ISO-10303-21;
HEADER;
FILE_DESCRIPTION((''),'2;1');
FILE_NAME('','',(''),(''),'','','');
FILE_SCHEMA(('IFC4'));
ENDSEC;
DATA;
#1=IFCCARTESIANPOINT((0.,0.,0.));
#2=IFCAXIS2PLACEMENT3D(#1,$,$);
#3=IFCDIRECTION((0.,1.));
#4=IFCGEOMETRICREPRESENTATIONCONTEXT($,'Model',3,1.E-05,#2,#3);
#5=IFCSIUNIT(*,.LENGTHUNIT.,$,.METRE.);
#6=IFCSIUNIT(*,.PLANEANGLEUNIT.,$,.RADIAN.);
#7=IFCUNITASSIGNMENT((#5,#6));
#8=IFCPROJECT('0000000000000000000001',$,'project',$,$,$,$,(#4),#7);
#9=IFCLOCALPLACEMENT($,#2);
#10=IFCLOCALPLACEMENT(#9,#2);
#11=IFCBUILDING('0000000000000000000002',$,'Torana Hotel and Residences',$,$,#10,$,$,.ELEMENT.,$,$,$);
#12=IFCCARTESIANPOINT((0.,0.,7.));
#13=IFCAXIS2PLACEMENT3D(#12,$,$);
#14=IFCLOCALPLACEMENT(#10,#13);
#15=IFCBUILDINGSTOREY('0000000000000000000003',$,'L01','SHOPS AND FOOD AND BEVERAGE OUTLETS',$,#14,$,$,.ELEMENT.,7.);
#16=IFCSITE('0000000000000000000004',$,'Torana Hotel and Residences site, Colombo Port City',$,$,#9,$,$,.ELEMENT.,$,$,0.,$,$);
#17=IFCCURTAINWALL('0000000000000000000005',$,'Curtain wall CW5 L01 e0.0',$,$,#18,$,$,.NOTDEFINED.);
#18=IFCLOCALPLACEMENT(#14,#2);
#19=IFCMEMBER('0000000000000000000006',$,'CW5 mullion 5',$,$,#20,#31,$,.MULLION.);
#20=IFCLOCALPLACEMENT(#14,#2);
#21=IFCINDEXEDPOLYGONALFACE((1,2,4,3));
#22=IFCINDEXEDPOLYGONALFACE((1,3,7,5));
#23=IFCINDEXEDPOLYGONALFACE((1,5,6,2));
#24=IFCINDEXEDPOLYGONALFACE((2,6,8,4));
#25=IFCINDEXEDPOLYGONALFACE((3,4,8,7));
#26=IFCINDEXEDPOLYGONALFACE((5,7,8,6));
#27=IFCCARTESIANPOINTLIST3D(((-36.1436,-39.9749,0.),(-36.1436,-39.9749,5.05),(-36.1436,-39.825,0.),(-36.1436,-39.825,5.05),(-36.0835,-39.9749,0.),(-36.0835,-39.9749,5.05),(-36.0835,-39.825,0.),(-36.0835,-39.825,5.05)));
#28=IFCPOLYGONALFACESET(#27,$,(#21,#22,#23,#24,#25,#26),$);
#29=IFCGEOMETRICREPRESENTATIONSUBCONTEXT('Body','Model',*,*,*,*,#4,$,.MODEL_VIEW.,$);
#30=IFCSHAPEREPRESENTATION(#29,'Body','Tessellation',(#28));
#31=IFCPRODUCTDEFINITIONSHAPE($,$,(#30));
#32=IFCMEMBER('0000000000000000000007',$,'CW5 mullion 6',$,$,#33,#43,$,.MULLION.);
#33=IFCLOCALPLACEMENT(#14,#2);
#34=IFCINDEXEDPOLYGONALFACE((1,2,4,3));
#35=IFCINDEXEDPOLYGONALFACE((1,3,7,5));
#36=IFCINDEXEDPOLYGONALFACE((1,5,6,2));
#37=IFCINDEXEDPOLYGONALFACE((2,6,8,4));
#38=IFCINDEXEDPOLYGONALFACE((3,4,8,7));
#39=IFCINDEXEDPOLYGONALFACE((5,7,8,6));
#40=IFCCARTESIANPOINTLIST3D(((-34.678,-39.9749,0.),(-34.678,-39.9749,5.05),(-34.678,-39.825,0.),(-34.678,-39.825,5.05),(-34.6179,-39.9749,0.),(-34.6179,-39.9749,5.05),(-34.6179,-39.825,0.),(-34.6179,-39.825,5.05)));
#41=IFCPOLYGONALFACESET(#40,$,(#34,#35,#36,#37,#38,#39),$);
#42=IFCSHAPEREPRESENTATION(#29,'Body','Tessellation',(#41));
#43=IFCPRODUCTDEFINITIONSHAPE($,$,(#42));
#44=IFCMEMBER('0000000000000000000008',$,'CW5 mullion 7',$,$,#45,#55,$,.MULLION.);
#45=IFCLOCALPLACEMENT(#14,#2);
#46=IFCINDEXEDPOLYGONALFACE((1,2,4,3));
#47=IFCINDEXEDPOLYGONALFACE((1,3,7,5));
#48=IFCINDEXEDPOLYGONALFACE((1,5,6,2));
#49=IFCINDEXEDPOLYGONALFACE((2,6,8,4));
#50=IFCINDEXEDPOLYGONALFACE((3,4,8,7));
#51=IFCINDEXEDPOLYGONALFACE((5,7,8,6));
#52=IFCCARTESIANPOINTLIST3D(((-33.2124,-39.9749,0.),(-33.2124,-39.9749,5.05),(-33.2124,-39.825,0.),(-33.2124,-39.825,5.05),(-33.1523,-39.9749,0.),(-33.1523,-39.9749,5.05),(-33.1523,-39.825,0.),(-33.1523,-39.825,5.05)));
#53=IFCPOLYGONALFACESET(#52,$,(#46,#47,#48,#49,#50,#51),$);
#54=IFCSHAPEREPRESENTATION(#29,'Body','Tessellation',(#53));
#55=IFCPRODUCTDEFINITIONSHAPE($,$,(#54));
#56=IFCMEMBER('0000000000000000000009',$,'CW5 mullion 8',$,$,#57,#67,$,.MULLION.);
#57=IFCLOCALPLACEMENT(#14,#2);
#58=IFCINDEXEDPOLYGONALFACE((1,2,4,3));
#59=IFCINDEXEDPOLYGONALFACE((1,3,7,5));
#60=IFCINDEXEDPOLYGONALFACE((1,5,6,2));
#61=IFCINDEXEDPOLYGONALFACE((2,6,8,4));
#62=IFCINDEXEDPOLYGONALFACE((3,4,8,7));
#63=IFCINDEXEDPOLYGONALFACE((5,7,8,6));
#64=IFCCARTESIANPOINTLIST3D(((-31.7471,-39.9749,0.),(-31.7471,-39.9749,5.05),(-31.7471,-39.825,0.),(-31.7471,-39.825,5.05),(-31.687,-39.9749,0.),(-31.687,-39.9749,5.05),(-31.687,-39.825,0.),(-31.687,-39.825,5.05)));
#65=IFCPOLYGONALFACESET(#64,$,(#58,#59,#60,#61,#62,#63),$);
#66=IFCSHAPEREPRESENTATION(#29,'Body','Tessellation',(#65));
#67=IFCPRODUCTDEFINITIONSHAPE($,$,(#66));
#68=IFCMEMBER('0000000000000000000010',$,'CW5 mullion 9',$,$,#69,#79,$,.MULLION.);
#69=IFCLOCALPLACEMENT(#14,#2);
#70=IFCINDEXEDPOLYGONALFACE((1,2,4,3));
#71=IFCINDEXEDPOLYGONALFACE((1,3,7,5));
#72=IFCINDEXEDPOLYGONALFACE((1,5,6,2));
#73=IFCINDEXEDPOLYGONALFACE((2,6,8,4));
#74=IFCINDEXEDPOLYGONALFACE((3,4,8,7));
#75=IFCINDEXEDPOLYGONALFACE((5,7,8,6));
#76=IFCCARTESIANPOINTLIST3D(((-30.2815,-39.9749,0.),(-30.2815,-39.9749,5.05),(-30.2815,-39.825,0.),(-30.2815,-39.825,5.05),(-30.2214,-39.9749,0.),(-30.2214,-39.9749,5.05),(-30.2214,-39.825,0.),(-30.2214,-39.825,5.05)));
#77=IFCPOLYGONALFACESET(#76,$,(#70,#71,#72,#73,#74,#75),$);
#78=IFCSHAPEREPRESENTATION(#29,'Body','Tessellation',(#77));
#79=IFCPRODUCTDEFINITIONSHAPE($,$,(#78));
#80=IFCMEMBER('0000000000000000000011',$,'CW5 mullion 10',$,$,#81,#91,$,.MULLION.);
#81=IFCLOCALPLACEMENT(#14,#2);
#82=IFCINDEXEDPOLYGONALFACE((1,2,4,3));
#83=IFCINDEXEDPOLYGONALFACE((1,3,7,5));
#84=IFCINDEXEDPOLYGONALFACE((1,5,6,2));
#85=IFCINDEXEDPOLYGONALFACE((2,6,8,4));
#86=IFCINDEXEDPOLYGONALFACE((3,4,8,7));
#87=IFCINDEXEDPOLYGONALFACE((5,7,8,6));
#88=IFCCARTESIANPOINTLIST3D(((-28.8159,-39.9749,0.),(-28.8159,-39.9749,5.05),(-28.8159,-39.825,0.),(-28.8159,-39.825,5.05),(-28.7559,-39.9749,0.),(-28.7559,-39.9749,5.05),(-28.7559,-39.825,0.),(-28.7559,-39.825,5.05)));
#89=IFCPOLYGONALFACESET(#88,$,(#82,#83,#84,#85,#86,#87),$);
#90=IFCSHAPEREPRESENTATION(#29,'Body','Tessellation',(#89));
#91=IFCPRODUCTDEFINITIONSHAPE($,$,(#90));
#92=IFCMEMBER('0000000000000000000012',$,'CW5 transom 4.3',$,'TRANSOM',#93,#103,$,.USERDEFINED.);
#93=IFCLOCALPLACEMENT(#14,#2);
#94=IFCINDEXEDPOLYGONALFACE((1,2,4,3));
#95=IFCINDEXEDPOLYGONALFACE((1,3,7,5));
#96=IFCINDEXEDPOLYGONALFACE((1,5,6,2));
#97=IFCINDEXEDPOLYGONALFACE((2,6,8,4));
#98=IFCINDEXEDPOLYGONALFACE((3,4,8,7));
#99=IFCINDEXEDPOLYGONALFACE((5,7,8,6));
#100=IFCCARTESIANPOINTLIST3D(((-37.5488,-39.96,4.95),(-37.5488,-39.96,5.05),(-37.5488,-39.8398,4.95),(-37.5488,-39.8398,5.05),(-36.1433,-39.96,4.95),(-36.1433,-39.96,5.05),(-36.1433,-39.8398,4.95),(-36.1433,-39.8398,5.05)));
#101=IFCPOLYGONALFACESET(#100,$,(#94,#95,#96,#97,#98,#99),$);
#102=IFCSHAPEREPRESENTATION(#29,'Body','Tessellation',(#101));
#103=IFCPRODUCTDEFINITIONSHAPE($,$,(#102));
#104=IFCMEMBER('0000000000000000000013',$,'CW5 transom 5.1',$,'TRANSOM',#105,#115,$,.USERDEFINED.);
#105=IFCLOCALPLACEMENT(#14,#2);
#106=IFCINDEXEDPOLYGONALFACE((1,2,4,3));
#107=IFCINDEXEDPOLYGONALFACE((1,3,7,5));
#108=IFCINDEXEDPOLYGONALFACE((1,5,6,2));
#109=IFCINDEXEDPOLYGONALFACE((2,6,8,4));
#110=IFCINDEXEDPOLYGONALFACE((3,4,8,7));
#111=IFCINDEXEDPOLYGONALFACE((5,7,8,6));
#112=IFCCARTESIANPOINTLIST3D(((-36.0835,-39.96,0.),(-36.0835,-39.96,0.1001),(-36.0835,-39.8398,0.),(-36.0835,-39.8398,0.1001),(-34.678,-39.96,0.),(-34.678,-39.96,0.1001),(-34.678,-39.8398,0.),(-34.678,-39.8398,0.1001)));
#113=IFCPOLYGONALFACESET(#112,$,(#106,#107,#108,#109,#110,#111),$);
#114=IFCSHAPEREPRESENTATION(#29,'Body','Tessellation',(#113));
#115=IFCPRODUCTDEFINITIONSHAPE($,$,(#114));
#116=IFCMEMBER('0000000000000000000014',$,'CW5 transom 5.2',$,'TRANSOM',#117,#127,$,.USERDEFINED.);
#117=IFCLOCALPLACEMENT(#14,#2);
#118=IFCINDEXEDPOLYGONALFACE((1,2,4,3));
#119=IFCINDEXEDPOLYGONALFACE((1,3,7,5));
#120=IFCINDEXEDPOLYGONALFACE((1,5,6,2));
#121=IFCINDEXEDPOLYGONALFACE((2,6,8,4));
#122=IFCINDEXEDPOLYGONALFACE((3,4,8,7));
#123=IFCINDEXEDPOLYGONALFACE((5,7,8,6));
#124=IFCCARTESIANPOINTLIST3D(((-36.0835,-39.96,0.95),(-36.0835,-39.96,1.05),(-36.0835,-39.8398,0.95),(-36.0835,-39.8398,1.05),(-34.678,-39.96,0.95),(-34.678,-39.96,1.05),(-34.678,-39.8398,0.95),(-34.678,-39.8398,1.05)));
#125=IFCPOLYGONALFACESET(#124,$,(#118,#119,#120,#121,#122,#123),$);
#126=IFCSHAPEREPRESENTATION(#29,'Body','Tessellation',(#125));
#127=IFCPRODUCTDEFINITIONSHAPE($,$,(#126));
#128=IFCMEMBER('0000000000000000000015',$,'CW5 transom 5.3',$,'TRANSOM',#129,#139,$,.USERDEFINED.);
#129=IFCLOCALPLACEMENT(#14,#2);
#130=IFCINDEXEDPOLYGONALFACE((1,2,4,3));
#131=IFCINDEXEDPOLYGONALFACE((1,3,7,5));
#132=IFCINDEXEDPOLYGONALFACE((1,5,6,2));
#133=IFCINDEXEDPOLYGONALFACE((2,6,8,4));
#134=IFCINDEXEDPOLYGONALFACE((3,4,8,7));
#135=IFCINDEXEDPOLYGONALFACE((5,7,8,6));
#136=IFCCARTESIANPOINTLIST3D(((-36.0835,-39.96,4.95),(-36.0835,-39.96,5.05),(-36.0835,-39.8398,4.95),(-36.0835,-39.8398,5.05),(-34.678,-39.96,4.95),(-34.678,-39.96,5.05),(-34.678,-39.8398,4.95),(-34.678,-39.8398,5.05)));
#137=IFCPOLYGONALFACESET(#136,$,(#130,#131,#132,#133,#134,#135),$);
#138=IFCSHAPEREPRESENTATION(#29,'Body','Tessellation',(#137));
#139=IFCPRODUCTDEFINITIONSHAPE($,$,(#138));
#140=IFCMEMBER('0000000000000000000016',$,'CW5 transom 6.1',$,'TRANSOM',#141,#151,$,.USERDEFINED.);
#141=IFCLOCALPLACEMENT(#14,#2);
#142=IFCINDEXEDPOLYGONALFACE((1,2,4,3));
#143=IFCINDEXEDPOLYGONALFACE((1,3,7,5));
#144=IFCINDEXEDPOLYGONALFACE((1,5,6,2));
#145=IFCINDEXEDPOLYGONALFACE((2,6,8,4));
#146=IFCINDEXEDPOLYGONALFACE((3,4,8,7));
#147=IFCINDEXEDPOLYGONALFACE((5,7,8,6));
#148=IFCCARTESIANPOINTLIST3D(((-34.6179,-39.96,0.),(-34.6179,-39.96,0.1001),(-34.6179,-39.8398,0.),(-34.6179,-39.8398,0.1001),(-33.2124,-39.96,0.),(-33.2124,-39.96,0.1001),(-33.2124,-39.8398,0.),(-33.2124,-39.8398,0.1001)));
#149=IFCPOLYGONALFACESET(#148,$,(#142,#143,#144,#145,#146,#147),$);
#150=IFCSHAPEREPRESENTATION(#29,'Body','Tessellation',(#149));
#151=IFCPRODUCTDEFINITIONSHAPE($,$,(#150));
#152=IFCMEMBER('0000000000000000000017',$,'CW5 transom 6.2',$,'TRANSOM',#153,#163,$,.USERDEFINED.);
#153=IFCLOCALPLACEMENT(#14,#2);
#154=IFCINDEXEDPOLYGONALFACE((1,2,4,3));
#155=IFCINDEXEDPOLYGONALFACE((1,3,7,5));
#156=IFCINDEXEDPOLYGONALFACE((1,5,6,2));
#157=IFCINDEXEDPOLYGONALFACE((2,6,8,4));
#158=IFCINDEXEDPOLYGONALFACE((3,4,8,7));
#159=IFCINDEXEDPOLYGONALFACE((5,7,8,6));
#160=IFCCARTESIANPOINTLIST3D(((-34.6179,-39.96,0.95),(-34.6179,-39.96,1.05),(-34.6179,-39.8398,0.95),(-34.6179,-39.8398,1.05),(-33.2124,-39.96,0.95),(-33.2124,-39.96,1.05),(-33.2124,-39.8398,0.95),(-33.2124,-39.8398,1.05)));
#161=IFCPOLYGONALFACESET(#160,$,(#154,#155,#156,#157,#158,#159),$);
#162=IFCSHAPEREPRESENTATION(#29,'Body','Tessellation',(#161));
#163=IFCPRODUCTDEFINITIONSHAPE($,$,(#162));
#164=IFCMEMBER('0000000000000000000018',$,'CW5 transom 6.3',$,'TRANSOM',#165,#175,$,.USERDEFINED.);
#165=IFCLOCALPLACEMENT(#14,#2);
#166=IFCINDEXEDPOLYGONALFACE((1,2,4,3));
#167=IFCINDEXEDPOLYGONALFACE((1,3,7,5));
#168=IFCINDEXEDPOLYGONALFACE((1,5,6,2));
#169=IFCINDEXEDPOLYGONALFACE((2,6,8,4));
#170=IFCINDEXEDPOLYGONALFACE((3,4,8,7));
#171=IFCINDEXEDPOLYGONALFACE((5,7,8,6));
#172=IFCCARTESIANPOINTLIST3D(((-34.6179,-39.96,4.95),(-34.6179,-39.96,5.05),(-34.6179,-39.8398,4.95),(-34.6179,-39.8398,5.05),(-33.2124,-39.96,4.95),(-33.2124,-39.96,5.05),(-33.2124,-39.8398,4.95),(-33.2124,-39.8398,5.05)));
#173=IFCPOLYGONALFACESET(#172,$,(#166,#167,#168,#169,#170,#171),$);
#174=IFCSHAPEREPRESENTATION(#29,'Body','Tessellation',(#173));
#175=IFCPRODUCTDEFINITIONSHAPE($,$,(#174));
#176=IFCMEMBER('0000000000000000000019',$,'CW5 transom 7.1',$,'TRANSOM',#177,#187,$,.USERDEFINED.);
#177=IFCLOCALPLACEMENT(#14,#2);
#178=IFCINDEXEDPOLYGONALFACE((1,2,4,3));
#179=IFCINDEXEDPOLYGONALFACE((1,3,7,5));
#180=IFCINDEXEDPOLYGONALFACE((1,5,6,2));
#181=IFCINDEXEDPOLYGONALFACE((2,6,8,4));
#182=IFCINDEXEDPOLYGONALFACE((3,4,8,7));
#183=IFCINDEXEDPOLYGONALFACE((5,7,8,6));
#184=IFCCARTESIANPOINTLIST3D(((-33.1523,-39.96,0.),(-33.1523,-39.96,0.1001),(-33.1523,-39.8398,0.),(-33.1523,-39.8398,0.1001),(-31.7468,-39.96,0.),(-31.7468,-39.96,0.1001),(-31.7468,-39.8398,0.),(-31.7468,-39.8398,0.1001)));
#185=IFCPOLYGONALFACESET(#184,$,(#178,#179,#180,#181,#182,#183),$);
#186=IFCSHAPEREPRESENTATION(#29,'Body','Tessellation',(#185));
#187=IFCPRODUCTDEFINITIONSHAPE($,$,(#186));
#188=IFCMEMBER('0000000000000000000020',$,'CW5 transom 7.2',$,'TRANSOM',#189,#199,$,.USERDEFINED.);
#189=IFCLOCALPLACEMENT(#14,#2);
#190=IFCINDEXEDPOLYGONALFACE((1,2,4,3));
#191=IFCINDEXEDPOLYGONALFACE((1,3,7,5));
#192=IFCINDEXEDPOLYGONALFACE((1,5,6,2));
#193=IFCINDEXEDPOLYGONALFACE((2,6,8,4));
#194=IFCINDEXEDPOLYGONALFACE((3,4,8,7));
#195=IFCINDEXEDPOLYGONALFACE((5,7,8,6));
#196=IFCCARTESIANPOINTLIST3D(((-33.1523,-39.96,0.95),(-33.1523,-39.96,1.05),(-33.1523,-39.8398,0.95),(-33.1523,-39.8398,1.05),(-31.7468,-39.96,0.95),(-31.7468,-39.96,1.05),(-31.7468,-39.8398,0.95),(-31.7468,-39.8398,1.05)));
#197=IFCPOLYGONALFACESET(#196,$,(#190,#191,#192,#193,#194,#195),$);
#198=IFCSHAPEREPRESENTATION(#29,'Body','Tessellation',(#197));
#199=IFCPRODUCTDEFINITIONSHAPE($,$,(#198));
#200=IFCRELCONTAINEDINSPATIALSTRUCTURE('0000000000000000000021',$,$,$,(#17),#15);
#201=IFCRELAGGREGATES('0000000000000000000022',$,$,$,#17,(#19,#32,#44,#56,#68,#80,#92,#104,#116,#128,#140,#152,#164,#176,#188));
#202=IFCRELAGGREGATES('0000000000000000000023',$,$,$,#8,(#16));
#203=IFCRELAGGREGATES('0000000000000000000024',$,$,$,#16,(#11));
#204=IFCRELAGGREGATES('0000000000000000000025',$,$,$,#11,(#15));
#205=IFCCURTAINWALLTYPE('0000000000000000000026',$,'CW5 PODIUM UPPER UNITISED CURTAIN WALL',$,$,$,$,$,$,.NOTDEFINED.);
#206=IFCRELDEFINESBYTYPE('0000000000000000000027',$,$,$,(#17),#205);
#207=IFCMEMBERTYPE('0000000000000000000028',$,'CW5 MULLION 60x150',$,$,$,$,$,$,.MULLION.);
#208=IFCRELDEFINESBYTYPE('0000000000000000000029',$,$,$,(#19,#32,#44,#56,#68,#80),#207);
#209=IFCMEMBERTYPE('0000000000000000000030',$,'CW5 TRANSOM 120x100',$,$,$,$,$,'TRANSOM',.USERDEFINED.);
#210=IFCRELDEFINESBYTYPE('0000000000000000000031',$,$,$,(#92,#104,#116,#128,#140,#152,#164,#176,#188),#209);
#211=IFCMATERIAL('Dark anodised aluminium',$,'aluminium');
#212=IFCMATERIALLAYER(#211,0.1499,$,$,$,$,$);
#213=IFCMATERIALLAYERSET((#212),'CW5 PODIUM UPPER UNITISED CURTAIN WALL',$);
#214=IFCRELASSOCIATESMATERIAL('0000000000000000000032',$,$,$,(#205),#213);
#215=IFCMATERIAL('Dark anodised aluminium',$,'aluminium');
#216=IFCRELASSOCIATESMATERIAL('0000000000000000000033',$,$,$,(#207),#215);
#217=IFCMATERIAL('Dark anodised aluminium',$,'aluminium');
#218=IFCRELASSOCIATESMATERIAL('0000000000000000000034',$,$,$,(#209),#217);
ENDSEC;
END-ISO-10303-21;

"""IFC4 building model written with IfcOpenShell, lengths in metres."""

from ifc_helpers import new_model, si_unit, direction, frame, origin, origin_2d, place, context, subcontext, project, spatial, rectangle, extrude, material, layer, layer_set, material_profile, profile_set, type_object, element, aggregate, save


model = new_model("IFC4")

# Units and contexts
model_context = context("Model", 3, precision=1e-05, world=origin(), true_north=direction((0.0, 1.0)))
body_context = subcontext(model_context, "Body", "Model", "MODEL_VIEW")
ifc_project = project(units=[si_unit("LENGTHUNIT", "METRE"), si_unit("PLANEANGLEUNIT", "RADIAN")], contexts=[model_context])

# Site, building, storey
site_placement = place(None, origin())
site = spatial("IfcSite", under=ifc_project, at=site_placement, Name="Torana Hotel and Residences site, Colombo Port City", CompositionType="ELEMENT", RefElevation=0.0)
building_placement = place(site_placement, origin())
building = spatial("IfcBuilding", under=site, at=building_placement, Name="Torana Hotel and Residences", CompositionType="ELEMENT")
storey_placement = place(building_placement, frame((0.0, 0.0, 7.0)))
storey = spatial("IfcBuildingStorey", under=building, at=storey_placement, Name="L01", Description="SHOPS AND FOOD AND BEVERAGE OUTLETS", CompositionType="ELEMENT", Elevation=7.0)

# Curtain wall, members
ifc_material_1 = material(Name="Dark anodised aluminium", Category="aluminium")
ifc_layer_1 = layer(ifc_material_1, 0.1499)
ifc_layer_set_1 = layer_set([ifc_layer_1], Name="CW5 PODIUM UPPER UNITISED CURTAIN WALL")
curtain_wall_type = type_object("IfcCurtainWallType", Name="CW5 PODIUM UPPER UNITISED CURTAIN WALL", PredefinedType="NOTDEFINED", material=ifc_layer_set_1)
curtain_wall_placement = place(storey_placement, origin())
curtain_wall = element("IfcCurtainWall", 1, at=curtain_wall_placement, inside=storey, type_object=curtain_wall_type, Name="Curtain wall CW5 L01 e0.0", PredefinedType="NOTDEFINED")
ifc_material_2 = material(Name="Dark anodised aluminium", Category="aluminium")
ifc_material_profile_1 = material_profile(ifc_material_2, rectangle(XDim=0.1499, YDim=0.0601, at=origin_2d()), Name="CW5 MULLION 60x150")
ifc_profile_set_1 = profile_set([ifc_material_profile_1], Name="Dark anodised aluminium")
member_type_1 = type_object("IfcMemberType", Name="CW5 MULLION 60x150", PredefinedType="MULLION", material=ifc_profile_set_1)
member_1_placement = place(storey_placement, frame((-36.1135, -39.8999, 0.0), z_axis=(0.0, 0.0, 1.0), x_axis=(0.0, 1.0, 0.0)))
member_1 = element("IfcMember", 2, at=member_1_placement, type_object=member_type_1, Name="CW5 mullion 5", PredefinedType="MULLION", context=body_context, shape_type="SweptSolid", body=[
    extrude(rectangle(XDim=0.1499, YDim=0.0601, at=origin_2d()), origin(), (0.0, 0.0, 1.0), 5.05),
])
member_2_placement = place(storey_placement, frame((-34.6479, -39.8999, 0.0), z_axis=(0.0, 0.0, 1.0), x_axis=(0.0, 1.0, 0.0)))
member_2 = element("IfcMember", 3, at=member_2_placement, type_object=member_type_1, Name="CW5 mullion 6", PredefinedType="MULLION", context=body_context, shape_type="SweptSolid", body=[
    extrude(rectangle(XDim=0.1499, YDim=0.0601, at=origin_2d()), origin(), (0.0, 0.0, 1.0), 5.05),
])
member_3_placement = place(storey_placement, frame((-33.1824, -39.8999, 0.0), z_axis=(0.0, 0.0, 1.0), x_axis=(0.0, 1.0, 0.0)))
member_3 = element("IfcMember", 4, at=member_3_placement, type_object=member_type_1, Name="CW5 mullion 7", PredefinedType="MULLION", context=body_context, shape_type="SweptSolid", body=[
    extrude(rectangle(XDim=0.1499, YDim=0.0601, at=origin_2d()), origin(), (0.0, 0.0, 1.0), 5.05),
])
member_4_placement = place(storey_placement, frame((-31.717, -39.8999, 0.0), z_axis=(0.0, 0.0, 1.0), x_axis=(0.0, 1.0, 0.0)))
member_4 = element("IfcMember", 5, at=member_4_placement, type_object=member_type_1, Name="CW5 mullion 8", PredefinedType="MULLION", context=body_context, shape_type="SweptSolid", body=[
    extrude(rectangle(XDim=0.1499, YDim=0.0601, at=origin_2d()), origin(), (0.0, 0.0, 1.0), 5.05),
])
member_5_placement = place(storey_placement, frame((-30.2515, -39.8999, 0.0), z_axis=(0.0, 0.0, 1.0), x_axis=(0.0, 1.0, 0.0)))
member_5 = element("IfcMember", 6, at=member_5_placement, type_object=member_type_1, Name="CW5 mullion 9", PredefinedType="MULLION", context=body_context, shape_type="SweptSolid", body=[
    extrude(rectangle(XDim=0.1499, YDim=0.0601, at=origin_2d()), origin(), (0.0, 0.0, 1.0), 5.05),
])
member_6_placement = place(storey_placement, frame((-28.7859, -39.8999, 0.0), z_axis=(0.0, 0.0, 1.0), x_axis=(0.0, 1.0, 0.0)))
member_6 = element("IfcMember", 7, at=member_6_placement, type_object=member_type_1, Name="CW5 mullion 10", PredefinedType="MULLION", context=body_context, shape_type="SweptSolid", body=[
    extrude(rectangle(XDim=0.1499, YDim=0.0601, at=origin_2d()), origin(), (0.0, 0.0, 1.0), 5.05),
])
ifc_material_3 = material(Name="Dark anodised aluminium", Category="aluminium")
ifc_material_profile_2 = material_profile(ifc_material_3, rectangle(XDim=0.1201, YDim=0.1001, at=origin_2d()), Name="CW5 TRANSOM 120x100")
ifc_profile_set_2 = profile_set([ifc_material_profile_2], Name="Dark anodised aluminium")
member_type_2 = type_object("IfcMemberType", Name="CW5 TRANSOM 120x100", ElementType="TRANSOM", PredefinedType="USERDEFINED", material=ifc_profile_set_2)
member_7_placement = place(storey_placement, frame((-37.5488, -39.8999, 5.0), z_axis=(1.0, 0.0, 0.0), x_axis=(0.0, 1.0, 0.0)))
member_7 = element("IfcMember", 8, at=member_7_placement, type_object=member_type_2, Name="CW5 transom 4.3", ObjectType="TRANSOM", PredefinedType="USERDEFINED", context=body_context, shape_type="SweptSolid", body=[
    extrude(rectangle(XDim=0.1201, YDim=0.1001, at=origin_2d()), origin(), (0.0, 0.0, 1.0), 1.4055),
])
member_8_placement = place(storey_placement, frame((-36.0835, -39.8999, 0.05), z_axis=(1.0, 0.0, 0.0), x_axis=(0.0, 1.0, 0.0)))
member_8 = element("IfcMember", 9, at=member_8_placement, type_object=member_type_2, Name="CW5 transom 5.1", ObjectType="TRANSOM", PredefinedType="USERDEFINED", context=body_context, shape_type="SweptSolid", body=[
    extrude(rectangle(XDim=0.1201, YDim=0.1001, at=origin_2d()), origin(), (0.0, 0.0, 1.0), 1.4055),
])
member_9_placement = place(storey_placement, frame((-36.0835, -39.8999, 1.0), z_axis=(1.0, 0.0, 0.0), x_axis=(0.0, 1.0, 0.0)))
member_9 = element("IfcMember", 10, at=member_9_placement, type_object=member_type_2, Name="CW5 transom 5.2", ObjectType="TRANSOM", PredefinedType="USERDEFINED", context=body_context, shape_type="SweptSolid", body=[
    extrude(rectangle(XDim=0.1201, YDim=0.1001, at=origin_2d()), origin(), (0.0, 0.0, 1.0), 1.4055),
])
member_10_placement = place(storey_placement, frame((-36.0835, -39.8999, 5.0), z_axis=(1.0, 0.0, 0.0), x_axis=(0.0, 1.0, 0.0)))
member_10 = element("IfcMember", 11, at=member_10_placement, type_object=member_type_2, Name="CW5 transom 5.3", ObjectType="TRANSOM", PredefinedType="USERDEFINED", context=body_context, shape_type="SweptSolid", body=[
    extrude(rectangle(XDim=0.1201, YDim=0.1001, at=origin_2d()), origin(), (0.0, 0.0, 1.0), 1.4055),
])
member_11_placement = place(storey_placement, frame((-34.6179, -39.8999, 0.05), z_axis=(1.0, 0.0, 0.0), x_axis=(0.0, 1.0, 0.0)))
member_11 = element("IfcMember", 12, at=member_11_placement, type_object=member_type_2, Name="CW5 transom 6.1", ObjectType="TRANSOM", PredefinedType="USERDEFINED", context=body_context, shape_type="SweptSolid", body=[
    extrude(rectangle(XDim=0.1201, YDim=0.1001, at=origin_2d()), origin(), (0.0, 0.0, 1.0), 1.4055),
])
member_12_placement = place(storey_placement, frame((-34.6179, -39.8999, 1.0), z_axis=(1.0, 0.0, 0.0), x_axis=(0.0, 1.0, 0.0)))
member_12 = element("IfcMember", 13, at=member_12_placement, type_object=member_type_2, Name="CW5 transom 6.2", ObjectType="TRANSOM", PredefinedType="USERDEFINED", context=body_context, shape_type="SweptSolid", body=[
    extrude(rectangle(XDim=0.1201, YDim=0.1001, at=origin_2d()), origin(), (0.0, 0.0, 1.0), 1.4055),
])
member_13_placement = place(storey_placement, frame((-34.6179, -39.8999, 5.0), z_axis=(1.0, 0.0, 0.0), x_axis=(0.0, 1.0, 0.0)))
member_13 = element("IfcMember", 14, at=member_13_placement, type_object=member_type_2, Name="CW5 transom 6.3", ObjectType="TRANSOM", PredefinedType="USERDEFINED", context=body_context, shape_type="SweptSolid", body=[
    extrude(rectangle(XDim=0.1201, YDim=0.1001, at=origin_2d()), origin(), (0.0, 0.0, 1.0), 1.4055),
])
member_14_placement = place(storey_placement, frame((-33.1523, -39.8999, 0.05), z_axis=(1.0, 0.0, 0.0), x_axis=(0.0, 1.0, 0.0)))
member_14 = element("IfcMember", 15, at=member_14_placement, type_object=member_type_2, Name="CW5 transom 7.1", ObjectType="TRANSOM", PredefinedType="USERDEFINED", context=body_context, shape_type="SweptSolid", body=[
    extrude(rectangle(XDim=0.1201, YDim=0.1001, at=origin_2d()), origin(), (0.0, 0.0, 1.0), 1.4055),
])
member_15_placement = place(storey_placement, frame((-33.1523, -39.8999, 1.0), z_axis=(1.0, 0.0, 0.0), x_axis=(0.0, 1.0, 0.0)))
member_15 = element("IfcMember", 16, at=member_15_placement, type_object=member_type_2, Name="CW5 transom 7.2", ObjectType="TRANSOM", PredefinedType="USERDEFINED", context=body_context, shape_type="SweptSolid", body=[
    extrude(rectangle(XDim=0.1201, YDim=0.1001, at=origin_2d()), origin(), (0.0, 0.0, 1.0), 1.4055),
])
aggregate(curtain_wall, [member_1, member_2, member_3, member_4, member_5, member_6, member_7, member_8, member_9, member_10, member_11, member_12, member_13, member_14, member_15])

save(model, "model.ifc")
